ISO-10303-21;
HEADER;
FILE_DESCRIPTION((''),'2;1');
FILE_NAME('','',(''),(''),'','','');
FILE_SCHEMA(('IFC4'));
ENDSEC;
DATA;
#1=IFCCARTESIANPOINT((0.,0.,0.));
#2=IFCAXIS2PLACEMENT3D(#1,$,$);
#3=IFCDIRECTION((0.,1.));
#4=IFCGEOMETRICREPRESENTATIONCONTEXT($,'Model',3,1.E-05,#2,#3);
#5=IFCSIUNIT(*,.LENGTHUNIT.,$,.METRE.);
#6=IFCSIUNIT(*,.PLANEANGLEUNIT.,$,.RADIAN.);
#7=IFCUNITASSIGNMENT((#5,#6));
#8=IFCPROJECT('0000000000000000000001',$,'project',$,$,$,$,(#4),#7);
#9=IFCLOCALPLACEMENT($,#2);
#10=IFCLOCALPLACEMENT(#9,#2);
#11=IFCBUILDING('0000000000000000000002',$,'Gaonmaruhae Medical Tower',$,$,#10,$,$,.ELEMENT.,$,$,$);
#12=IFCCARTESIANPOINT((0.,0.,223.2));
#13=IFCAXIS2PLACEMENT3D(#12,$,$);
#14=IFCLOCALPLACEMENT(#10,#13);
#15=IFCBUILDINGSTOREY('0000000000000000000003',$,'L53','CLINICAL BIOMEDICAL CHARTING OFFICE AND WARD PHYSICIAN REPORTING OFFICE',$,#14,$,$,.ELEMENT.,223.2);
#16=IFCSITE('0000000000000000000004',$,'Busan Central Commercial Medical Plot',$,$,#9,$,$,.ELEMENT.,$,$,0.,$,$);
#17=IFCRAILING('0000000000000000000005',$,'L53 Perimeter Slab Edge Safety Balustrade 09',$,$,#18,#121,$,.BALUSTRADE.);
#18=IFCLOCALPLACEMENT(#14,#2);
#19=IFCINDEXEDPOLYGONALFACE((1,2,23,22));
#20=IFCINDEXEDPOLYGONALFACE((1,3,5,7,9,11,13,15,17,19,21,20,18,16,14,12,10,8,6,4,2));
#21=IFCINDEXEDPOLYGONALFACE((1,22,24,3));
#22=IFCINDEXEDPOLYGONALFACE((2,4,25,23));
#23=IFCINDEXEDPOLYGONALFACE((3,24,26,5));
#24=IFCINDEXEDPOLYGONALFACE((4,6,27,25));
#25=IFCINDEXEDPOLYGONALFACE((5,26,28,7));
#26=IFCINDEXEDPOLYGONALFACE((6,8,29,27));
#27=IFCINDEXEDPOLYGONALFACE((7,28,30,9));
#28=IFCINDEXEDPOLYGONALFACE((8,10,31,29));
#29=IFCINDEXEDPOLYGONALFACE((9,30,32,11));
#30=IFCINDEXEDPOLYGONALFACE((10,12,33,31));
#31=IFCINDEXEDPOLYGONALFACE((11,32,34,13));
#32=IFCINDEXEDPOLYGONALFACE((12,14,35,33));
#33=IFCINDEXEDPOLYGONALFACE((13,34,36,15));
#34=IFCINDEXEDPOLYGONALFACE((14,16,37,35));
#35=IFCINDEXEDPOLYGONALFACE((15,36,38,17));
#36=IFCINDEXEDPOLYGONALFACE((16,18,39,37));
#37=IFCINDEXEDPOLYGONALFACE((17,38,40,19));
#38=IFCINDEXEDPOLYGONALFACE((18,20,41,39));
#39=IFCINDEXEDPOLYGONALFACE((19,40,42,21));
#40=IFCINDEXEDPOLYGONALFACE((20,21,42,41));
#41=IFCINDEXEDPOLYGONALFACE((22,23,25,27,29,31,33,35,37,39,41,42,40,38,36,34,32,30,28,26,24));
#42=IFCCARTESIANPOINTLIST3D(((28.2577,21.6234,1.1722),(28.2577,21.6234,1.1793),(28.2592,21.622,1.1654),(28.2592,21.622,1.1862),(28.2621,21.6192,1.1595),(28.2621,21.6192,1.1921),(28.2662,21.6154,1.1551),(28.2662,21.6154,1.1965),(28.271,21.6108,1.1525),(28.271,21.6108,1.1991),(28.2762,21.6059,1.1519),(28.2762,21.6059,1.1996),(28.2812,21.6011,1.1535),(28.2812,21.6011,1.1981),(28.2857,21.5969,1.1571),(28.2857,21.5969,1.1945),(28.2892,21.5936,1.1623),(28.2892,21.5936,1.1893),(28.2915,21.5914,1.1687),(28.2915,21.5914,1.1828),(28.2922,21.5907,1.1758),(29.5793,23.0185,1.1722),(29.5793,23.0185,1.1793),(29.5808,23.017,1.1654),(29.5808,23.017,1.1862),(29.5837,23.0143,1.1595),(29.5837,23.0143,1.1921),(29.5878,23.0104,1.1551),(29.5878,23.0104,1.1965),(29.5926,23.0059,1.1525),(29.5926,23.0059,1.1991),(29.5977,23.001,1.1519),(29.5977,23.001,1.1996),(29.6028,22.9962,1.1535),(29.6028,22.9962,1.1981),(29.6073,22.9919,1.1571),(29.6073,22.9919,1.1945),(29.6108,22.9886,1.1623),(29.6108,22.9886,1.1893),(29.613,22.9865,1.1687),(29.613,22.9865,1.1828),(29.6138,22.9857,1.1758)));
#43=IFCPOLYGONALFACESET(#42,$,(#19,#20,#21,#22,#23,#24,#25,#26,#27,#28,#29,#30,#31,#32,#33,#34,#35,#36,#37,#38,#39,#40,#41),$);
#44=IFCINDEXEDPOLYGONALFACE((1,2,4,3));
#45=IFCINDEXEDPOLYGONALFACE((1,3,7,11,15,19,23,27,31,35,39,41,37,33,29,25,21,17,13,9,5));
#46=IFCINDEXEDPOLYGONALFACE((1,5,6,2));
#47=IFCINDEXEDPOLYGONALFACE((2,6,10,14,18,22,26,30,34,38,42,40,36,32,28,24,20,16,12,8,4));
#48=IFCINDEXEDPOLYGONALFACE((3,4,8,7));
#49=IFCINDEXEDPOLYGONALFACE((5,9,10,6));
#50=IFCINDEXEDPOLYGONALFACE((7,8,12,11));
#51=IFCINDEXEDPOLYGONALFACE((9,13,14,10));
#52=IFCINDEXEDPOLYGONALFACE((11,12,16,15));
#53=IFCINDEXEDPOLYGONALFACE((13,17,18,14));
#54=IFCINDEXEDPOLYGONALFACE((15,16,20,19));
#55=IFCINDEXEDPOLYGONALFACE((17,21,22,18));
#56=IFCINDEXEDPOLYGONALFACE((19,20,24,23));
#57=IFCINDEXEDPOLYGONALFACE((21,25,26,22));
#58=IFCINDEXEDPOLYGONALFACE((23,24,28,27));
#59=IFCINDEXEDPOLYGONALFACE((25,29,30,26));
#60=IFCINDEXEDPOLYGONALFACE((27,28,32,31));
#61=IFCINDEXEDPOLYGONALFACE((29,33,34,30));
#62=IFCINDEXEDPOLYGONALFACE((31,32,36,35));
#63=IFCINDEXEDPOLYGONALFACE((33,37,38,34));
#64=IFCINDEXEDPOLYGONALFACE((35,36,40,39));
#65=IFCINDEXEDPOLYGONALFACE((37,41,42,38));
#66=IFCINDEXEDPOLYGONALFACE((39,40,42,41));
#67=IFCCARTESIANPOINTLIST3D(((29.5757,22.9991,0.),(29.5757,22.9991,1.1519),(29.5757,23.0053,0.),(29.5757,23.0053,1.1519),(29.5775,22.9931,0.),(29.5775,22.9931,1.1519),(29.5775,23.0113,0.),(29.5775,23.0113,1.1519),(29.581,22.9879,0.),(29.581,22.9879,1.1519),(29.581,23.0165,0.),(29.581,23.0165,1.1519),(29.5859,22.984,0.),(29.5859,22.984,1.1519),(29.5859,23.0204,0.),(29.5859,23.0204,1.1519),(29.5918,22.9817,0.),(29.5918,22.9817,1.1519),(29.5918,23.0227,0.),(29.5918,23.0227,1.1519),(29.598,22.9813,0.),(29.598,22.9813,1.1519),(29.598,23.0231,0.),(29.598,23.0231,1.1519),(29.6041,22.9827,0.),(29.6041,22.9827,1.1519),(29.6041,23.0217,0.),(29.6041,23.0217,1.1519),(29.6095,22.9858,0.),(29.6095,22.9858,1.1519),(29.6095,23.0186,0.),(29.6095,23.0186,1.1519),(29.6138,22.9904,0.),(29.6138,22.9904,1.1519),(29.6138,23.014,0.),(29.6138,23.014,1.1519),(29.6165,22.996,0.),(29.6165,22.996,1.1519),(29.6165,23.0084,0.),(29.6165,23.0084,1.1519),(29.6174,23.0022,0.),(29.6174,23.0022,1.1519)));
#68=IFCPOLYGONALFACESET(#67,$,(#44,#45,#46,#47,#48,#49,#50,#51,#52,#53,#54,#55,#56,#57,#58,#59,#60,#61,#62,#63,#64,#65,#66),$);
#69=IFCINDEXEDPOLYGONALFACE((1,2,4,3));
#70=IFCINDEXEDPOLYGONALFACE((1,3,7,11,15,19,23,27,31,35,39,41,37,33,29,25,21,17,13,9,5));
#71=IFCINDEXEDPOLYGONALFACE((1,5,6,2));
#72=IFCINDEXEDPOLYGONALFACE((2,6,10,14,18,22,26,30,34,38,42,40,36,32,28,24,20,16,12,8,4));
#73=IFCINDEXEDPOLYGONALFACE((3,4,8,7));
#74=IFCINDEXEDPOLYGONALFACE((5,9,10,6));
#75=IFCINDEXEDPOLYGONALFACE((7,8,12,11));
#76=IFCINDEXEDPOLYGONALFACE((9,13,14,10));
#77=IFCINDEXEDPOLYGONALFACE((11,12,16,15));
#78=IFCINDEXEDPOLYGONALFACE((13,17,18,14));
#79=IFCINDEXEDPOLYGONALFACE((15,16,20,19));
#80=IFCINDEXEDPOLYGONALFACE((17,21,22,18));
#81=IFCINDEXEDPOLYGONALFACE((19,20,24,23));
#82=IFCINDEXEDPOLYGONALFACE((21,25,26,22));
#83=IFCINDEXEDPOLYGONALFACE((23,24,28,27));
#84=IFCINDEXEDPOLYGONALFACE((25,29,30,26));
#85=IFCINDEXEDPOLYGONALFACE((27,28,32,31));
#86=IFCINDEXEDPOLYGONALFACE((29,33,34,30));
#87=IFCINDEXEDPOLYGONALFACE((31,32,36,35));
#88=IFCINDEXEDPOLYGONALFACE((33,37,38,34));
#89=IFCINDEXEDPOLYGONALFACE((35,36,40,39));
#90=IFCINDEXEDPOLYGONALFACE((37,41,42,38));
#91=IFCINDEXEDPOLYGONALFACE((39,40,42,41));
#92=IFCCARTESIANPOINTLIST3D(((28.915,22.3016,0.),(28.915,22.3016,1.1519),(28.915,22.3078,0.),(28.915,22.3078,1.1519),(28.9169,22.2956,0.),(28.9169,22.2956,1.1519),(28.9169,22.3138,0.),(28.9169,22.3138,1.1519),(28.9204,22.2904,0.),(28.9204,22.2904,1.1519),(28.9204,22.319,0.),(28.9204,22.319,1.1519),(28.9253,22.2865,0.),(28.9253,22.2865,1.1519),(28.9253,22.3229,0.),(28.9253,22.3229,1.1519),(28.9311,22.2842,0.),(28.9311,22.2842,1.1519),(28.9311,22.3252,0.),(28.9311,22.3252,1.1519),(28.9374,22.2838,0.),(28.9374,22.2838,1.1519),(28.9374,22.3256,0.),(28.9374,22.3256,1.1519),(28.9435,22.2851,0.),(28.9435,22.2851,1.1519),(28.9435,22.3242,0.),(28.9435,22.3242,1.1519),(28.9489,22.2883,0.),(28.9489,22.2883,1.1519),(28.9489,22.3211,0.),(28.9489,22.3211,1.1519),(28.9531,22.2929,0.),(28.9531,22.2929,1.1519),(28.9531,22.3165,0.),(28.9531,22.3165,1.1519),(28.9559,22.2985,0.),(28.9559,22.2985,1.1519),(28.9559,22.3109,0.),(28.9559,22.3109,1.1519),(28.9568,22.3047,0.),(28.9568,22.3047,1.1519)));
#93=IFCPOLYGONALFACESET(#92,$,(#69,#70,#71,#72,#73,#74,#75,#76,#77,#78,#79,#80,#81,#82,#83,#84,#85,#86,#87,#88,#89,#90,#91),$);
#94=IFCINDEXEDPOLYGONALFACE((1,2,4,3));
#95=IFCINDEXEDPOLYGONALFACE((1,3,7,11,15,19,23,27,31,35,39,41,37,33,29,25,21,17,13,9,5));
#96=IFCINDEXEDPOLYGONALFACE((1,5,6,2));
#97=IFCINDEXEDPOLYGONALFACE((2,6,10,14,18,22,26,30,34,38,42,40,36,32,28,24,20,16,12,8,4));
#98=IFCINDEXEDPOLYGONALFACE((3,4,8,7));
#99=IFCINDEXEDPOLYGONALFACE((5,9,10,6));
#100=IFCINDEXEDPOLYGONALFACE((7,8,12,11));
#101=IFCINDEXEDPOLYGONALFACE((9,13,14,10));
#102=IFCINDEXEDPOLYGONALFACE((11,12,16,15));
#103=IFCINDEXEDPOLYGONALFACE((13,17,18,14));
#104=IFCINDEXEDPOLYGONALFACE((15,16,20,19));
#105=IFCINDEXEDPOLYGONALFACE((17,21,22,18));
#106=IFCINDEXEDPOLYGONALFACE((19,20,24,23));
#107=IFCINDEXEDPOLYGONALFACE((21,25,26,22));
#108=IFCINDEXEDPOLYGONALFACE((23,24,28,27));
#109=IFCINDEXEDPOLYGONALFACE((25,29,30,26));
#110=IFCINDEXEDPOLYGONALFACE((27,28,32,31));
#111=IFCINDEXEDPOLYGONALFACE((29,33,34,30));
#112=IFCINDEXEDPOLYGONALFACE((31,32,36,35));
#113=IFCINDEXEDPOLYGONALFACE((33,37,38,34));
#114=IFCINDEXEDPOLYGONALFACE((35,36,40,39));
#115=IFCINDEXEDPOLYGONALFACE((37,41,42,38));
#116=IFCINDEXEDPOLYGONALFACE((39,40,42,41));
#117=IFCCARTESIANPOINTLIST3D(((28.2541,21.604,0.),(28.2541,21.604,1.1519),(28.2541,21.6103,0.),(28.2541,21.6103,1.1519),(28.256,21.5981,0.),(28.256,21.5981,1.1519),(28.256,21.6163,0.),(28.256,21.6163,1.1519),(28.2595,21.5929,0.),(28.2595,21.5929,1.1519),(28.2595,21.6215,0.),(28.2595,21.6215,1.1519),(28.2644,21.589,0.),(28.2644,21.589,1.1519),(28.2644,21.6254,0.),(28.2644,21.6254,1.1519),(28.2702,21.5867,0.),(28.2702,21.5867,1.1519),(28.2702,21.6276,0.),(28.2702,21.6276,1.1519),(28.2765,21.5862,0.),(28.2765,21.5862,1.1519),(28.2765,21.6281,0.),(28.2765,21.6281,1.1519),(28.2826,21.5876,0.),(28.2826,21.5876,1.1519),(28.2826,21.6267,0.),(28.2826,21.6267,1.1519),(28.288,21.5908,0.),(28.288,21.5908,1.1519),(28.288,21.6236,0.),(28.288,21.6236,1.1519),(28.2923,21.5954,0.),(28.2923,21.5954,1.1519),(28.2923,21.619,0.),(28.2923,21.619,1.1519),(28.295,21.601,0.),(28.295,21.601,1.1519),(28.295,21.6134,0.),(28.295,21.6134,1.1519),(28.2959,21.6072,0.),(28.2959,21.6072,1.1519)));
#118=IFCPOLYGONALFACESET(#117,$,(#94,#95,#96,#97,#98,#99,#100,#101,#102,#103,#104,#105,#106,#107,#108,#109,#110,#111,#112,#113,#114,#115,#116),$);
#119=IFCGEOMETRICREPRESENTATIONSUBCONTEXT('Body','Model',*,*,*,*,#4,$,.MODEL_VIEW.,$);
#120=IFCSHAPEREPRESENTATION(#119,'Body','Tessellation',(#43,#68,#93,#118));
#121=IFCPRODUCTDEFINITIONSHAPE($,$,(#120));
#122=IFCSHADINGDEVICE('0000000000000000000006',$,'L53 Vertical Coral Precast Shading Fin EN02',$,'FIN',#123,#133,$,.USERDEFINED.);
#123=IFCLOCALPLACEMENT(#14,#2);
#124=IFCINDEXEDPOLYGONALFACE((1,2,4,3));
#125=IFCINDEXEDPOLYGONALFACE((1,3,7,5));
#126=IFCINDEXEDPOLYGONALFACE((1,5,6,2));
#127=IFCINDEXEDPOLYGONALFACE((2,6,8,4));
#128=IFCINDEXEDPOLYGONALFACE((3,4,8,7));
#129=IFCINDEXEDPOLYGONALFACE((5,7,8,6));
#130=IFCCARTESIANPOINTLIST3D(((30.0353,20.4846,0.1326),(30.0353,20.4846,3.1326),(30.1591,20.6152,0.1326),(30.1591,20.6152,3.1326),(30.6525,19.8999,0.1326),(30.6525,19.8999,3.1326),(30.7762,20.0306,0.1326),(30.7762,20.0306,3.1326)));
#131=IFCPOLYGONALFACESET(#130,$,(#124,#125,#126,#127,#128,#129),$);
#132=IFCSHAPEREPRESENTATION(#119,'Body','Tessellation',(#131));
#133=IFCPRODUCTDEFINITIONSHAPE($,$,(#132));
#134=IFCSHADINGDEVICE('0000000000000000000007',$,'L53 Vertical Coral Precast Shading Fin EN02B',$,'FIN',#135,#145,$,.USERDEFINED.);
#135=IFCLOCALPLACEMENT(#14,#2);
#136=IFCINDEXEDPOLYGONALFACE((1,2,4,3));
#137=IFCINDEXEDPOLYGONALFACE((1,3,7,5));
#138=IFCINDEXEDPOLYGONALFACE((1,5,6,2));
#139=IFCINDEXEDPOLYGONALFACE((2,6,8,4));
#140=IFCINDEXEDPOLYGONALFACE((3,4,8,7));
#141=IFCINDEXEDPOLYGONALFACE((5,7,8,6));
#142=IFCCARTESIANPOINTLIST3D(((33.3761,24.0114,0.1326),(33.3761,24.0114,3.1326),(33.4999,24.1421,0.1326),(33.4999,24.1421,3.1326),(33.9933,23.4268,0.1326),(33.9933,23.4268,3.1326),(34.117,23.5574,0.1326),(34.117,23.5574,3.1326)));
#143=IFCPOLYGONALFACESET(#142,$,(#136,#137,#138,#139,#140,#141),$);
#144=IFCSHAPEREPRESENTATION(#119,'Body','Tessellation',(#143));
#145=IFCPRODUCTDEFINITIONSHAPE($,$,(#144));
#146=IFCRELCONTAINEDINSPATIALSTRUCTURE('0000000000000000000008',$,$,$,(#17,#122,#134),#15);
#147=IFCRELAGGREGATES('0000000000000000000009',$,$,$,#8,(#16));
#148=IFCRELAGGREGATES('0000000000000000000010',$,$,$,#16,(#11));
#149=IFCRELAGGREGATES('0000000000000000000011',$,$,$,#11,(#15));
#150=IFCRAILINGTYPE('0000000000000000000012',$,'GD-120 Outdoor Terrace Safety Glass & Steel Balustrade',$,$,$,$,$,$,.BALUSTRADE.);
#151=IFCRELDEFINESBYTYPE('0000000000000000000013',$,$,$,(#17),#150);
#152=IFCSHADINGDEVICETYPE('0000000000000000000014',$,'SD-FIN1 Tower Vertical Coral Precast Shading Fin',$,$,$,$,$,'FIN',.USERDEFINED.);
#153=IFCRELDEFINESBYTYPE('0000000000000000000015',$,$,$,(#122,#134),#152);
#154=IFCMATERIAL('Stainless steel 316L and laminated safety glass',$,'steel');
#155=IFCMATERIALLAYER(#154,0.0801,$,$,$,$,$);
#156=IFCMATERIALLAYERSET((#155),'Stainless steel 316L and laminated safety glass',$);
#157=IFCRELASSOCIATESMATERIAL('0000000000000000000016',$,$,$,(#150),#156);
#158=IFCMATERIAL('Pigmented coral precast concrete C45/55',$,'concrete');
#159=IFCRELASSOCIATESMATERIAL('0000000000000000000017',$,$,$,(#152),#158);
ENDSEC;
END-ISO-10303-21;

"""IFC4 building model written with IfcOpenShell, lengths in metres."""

from ifc_helpers import new_model, si_unit, direction, frame, origin, origin_2d, place, context, subcontext, project, spatial, rectangle, circle, extrude, material, layer, layer_set, type_object, element, save


model = new_model("IFC4")

# Units and contexts
model_context = context("Model", 3, precision=1e-05, world=origin(), true_north=direction((0.0, 1.0)))
body_context = subcontext(model_context, "Body", "Model", "MODEL_VIEW")
ifc_project = project(units=[si_unit("LENGTHUNIT", "METRE"), si_unit("PLANEANGLEUNIT", "RADIAN")], contexts=[model_context])

# Site, building, storey
site_placement = place(None, origin())
site = spatial("IfcSite", under=ifc_project, at=site_placement, Name="Busan Central Commercial Medical Plot", CompositionType="ELEMENT", RefElevation=0.0)
building_placement = place(site_placement, origin())
building = spatial("IfcBuilding", under=site, at=building_placement, Name="Gaonmaruhae Medical Tower", CompositionType="ELEMENT")
storey_placement = place(building_placement, frame((0.0, 0.0, 223.2)))
storey = spatial("IfcBuildingStorey", under=building, at=storey_placement, Name="L53", Description="CLINICAL BIOMEDICAL CHARTING OFFICE AND WARD PHYSICIAN REPORTING OFFICE", CompositionType="ELEMENT", Elevation=223.2)

# Railing
ifc_material_1 = material(Name="Stainless steel 316L and laminated safety glass", Category="steel")
ifc_layer_1 = layer(ifc_material_1, 0.0801)
ifc_layer_set_1 = layer_set([ifc_layer_1], Name="Stainless steel 316L and laminated safety glass")
railing_type = type_object("IfcRailingType", Name="GD-120 Outdoor Terrace Safety Glass & Steel Balustrade", PredefinedType="BALUSTRADE", material=ifc_layer_set_1)
railing_1_placement = place(storey_placement, frame((29.5964, 23.0022, 0.0)))
element("IfcRailing", 1, at=railing_1_placement, inside=storey, type_object=railing_type, Name="L53 Perimeter Slab Edge Safety Balustrade 09", PredefinedType="BALUSTRADE", context=body_context, shape_type="SweptSolid", body=[
    extrude(circle(Radius=0.0239, at=origin_2d()), frame((0.0, 0.0, 1.1758), z_axis=(-0.687727, -0.725969, 0.0), x_axis=(0.725969, -0.687727, 0.0)), (0.0, 0.0, 1.0), 1.9216),
    extrude(circle(Radius=0.021, at=origin_2d()), origin(), (0.0, 0.0, 1.0), 1.1519),
    extrude(circle(Radius=0.021, at=origin_2d()), frame((-0.6606, -0.6975, 0.0)), (0.0, 0.0, 1.0), 1.1519),
    extrude(circle(Radius=0.021, at=origin_2d()), frame((-1.3215, -1.395, 0.0)), (0.0, 0.0, 1.0), 1.1519),
])

# Shading devices
ifc_material_2 = material(Name="Pigmented coral precast concrete C45/55", Category="concrete")
shading_device_type = type_object("IfcShadingDeviceType", Name="SD-FIN1 Tower Vertical Coral Precast Shading Fin", ElementType="FIN", PredefinedType="USERDEFINED", material=ifc_material_2)
for number, where, z_axis, x_axis, name in (
    (2, (30.4058, 20.2576, 0.1326), (0.0, 0.0, 1.0), (0.687721, 0.725975, 0.0), "L53 Vertical Coral Precast Shading Fin EN02"),
    (3, (33.7466, 23.7844, 0.1326), (0.0, 0.0, 1.0), (0.687721, 0.725975, 0.0), "L53 Vertical Coral Precast Shading Fin EN02B"),
):
    element("IfcShadingDevice", number, at=place(storey_placement, frame(where, z_axis=z_axis, x_axis=x_axis)), inside=storey, type_object=shading_device_type, Name=name, ObjectType="FIN", PredefinedType="USERDEFINED", context=body_context, shape_type="SweptSolid", body=[
        extrude(rectangle(XDim=0.1799, YDim=0.8501, at=origin_2d()), origin(), (0.0, 0.0, 1.0), 3.0),
    ])

save(model, "model.ifc")
